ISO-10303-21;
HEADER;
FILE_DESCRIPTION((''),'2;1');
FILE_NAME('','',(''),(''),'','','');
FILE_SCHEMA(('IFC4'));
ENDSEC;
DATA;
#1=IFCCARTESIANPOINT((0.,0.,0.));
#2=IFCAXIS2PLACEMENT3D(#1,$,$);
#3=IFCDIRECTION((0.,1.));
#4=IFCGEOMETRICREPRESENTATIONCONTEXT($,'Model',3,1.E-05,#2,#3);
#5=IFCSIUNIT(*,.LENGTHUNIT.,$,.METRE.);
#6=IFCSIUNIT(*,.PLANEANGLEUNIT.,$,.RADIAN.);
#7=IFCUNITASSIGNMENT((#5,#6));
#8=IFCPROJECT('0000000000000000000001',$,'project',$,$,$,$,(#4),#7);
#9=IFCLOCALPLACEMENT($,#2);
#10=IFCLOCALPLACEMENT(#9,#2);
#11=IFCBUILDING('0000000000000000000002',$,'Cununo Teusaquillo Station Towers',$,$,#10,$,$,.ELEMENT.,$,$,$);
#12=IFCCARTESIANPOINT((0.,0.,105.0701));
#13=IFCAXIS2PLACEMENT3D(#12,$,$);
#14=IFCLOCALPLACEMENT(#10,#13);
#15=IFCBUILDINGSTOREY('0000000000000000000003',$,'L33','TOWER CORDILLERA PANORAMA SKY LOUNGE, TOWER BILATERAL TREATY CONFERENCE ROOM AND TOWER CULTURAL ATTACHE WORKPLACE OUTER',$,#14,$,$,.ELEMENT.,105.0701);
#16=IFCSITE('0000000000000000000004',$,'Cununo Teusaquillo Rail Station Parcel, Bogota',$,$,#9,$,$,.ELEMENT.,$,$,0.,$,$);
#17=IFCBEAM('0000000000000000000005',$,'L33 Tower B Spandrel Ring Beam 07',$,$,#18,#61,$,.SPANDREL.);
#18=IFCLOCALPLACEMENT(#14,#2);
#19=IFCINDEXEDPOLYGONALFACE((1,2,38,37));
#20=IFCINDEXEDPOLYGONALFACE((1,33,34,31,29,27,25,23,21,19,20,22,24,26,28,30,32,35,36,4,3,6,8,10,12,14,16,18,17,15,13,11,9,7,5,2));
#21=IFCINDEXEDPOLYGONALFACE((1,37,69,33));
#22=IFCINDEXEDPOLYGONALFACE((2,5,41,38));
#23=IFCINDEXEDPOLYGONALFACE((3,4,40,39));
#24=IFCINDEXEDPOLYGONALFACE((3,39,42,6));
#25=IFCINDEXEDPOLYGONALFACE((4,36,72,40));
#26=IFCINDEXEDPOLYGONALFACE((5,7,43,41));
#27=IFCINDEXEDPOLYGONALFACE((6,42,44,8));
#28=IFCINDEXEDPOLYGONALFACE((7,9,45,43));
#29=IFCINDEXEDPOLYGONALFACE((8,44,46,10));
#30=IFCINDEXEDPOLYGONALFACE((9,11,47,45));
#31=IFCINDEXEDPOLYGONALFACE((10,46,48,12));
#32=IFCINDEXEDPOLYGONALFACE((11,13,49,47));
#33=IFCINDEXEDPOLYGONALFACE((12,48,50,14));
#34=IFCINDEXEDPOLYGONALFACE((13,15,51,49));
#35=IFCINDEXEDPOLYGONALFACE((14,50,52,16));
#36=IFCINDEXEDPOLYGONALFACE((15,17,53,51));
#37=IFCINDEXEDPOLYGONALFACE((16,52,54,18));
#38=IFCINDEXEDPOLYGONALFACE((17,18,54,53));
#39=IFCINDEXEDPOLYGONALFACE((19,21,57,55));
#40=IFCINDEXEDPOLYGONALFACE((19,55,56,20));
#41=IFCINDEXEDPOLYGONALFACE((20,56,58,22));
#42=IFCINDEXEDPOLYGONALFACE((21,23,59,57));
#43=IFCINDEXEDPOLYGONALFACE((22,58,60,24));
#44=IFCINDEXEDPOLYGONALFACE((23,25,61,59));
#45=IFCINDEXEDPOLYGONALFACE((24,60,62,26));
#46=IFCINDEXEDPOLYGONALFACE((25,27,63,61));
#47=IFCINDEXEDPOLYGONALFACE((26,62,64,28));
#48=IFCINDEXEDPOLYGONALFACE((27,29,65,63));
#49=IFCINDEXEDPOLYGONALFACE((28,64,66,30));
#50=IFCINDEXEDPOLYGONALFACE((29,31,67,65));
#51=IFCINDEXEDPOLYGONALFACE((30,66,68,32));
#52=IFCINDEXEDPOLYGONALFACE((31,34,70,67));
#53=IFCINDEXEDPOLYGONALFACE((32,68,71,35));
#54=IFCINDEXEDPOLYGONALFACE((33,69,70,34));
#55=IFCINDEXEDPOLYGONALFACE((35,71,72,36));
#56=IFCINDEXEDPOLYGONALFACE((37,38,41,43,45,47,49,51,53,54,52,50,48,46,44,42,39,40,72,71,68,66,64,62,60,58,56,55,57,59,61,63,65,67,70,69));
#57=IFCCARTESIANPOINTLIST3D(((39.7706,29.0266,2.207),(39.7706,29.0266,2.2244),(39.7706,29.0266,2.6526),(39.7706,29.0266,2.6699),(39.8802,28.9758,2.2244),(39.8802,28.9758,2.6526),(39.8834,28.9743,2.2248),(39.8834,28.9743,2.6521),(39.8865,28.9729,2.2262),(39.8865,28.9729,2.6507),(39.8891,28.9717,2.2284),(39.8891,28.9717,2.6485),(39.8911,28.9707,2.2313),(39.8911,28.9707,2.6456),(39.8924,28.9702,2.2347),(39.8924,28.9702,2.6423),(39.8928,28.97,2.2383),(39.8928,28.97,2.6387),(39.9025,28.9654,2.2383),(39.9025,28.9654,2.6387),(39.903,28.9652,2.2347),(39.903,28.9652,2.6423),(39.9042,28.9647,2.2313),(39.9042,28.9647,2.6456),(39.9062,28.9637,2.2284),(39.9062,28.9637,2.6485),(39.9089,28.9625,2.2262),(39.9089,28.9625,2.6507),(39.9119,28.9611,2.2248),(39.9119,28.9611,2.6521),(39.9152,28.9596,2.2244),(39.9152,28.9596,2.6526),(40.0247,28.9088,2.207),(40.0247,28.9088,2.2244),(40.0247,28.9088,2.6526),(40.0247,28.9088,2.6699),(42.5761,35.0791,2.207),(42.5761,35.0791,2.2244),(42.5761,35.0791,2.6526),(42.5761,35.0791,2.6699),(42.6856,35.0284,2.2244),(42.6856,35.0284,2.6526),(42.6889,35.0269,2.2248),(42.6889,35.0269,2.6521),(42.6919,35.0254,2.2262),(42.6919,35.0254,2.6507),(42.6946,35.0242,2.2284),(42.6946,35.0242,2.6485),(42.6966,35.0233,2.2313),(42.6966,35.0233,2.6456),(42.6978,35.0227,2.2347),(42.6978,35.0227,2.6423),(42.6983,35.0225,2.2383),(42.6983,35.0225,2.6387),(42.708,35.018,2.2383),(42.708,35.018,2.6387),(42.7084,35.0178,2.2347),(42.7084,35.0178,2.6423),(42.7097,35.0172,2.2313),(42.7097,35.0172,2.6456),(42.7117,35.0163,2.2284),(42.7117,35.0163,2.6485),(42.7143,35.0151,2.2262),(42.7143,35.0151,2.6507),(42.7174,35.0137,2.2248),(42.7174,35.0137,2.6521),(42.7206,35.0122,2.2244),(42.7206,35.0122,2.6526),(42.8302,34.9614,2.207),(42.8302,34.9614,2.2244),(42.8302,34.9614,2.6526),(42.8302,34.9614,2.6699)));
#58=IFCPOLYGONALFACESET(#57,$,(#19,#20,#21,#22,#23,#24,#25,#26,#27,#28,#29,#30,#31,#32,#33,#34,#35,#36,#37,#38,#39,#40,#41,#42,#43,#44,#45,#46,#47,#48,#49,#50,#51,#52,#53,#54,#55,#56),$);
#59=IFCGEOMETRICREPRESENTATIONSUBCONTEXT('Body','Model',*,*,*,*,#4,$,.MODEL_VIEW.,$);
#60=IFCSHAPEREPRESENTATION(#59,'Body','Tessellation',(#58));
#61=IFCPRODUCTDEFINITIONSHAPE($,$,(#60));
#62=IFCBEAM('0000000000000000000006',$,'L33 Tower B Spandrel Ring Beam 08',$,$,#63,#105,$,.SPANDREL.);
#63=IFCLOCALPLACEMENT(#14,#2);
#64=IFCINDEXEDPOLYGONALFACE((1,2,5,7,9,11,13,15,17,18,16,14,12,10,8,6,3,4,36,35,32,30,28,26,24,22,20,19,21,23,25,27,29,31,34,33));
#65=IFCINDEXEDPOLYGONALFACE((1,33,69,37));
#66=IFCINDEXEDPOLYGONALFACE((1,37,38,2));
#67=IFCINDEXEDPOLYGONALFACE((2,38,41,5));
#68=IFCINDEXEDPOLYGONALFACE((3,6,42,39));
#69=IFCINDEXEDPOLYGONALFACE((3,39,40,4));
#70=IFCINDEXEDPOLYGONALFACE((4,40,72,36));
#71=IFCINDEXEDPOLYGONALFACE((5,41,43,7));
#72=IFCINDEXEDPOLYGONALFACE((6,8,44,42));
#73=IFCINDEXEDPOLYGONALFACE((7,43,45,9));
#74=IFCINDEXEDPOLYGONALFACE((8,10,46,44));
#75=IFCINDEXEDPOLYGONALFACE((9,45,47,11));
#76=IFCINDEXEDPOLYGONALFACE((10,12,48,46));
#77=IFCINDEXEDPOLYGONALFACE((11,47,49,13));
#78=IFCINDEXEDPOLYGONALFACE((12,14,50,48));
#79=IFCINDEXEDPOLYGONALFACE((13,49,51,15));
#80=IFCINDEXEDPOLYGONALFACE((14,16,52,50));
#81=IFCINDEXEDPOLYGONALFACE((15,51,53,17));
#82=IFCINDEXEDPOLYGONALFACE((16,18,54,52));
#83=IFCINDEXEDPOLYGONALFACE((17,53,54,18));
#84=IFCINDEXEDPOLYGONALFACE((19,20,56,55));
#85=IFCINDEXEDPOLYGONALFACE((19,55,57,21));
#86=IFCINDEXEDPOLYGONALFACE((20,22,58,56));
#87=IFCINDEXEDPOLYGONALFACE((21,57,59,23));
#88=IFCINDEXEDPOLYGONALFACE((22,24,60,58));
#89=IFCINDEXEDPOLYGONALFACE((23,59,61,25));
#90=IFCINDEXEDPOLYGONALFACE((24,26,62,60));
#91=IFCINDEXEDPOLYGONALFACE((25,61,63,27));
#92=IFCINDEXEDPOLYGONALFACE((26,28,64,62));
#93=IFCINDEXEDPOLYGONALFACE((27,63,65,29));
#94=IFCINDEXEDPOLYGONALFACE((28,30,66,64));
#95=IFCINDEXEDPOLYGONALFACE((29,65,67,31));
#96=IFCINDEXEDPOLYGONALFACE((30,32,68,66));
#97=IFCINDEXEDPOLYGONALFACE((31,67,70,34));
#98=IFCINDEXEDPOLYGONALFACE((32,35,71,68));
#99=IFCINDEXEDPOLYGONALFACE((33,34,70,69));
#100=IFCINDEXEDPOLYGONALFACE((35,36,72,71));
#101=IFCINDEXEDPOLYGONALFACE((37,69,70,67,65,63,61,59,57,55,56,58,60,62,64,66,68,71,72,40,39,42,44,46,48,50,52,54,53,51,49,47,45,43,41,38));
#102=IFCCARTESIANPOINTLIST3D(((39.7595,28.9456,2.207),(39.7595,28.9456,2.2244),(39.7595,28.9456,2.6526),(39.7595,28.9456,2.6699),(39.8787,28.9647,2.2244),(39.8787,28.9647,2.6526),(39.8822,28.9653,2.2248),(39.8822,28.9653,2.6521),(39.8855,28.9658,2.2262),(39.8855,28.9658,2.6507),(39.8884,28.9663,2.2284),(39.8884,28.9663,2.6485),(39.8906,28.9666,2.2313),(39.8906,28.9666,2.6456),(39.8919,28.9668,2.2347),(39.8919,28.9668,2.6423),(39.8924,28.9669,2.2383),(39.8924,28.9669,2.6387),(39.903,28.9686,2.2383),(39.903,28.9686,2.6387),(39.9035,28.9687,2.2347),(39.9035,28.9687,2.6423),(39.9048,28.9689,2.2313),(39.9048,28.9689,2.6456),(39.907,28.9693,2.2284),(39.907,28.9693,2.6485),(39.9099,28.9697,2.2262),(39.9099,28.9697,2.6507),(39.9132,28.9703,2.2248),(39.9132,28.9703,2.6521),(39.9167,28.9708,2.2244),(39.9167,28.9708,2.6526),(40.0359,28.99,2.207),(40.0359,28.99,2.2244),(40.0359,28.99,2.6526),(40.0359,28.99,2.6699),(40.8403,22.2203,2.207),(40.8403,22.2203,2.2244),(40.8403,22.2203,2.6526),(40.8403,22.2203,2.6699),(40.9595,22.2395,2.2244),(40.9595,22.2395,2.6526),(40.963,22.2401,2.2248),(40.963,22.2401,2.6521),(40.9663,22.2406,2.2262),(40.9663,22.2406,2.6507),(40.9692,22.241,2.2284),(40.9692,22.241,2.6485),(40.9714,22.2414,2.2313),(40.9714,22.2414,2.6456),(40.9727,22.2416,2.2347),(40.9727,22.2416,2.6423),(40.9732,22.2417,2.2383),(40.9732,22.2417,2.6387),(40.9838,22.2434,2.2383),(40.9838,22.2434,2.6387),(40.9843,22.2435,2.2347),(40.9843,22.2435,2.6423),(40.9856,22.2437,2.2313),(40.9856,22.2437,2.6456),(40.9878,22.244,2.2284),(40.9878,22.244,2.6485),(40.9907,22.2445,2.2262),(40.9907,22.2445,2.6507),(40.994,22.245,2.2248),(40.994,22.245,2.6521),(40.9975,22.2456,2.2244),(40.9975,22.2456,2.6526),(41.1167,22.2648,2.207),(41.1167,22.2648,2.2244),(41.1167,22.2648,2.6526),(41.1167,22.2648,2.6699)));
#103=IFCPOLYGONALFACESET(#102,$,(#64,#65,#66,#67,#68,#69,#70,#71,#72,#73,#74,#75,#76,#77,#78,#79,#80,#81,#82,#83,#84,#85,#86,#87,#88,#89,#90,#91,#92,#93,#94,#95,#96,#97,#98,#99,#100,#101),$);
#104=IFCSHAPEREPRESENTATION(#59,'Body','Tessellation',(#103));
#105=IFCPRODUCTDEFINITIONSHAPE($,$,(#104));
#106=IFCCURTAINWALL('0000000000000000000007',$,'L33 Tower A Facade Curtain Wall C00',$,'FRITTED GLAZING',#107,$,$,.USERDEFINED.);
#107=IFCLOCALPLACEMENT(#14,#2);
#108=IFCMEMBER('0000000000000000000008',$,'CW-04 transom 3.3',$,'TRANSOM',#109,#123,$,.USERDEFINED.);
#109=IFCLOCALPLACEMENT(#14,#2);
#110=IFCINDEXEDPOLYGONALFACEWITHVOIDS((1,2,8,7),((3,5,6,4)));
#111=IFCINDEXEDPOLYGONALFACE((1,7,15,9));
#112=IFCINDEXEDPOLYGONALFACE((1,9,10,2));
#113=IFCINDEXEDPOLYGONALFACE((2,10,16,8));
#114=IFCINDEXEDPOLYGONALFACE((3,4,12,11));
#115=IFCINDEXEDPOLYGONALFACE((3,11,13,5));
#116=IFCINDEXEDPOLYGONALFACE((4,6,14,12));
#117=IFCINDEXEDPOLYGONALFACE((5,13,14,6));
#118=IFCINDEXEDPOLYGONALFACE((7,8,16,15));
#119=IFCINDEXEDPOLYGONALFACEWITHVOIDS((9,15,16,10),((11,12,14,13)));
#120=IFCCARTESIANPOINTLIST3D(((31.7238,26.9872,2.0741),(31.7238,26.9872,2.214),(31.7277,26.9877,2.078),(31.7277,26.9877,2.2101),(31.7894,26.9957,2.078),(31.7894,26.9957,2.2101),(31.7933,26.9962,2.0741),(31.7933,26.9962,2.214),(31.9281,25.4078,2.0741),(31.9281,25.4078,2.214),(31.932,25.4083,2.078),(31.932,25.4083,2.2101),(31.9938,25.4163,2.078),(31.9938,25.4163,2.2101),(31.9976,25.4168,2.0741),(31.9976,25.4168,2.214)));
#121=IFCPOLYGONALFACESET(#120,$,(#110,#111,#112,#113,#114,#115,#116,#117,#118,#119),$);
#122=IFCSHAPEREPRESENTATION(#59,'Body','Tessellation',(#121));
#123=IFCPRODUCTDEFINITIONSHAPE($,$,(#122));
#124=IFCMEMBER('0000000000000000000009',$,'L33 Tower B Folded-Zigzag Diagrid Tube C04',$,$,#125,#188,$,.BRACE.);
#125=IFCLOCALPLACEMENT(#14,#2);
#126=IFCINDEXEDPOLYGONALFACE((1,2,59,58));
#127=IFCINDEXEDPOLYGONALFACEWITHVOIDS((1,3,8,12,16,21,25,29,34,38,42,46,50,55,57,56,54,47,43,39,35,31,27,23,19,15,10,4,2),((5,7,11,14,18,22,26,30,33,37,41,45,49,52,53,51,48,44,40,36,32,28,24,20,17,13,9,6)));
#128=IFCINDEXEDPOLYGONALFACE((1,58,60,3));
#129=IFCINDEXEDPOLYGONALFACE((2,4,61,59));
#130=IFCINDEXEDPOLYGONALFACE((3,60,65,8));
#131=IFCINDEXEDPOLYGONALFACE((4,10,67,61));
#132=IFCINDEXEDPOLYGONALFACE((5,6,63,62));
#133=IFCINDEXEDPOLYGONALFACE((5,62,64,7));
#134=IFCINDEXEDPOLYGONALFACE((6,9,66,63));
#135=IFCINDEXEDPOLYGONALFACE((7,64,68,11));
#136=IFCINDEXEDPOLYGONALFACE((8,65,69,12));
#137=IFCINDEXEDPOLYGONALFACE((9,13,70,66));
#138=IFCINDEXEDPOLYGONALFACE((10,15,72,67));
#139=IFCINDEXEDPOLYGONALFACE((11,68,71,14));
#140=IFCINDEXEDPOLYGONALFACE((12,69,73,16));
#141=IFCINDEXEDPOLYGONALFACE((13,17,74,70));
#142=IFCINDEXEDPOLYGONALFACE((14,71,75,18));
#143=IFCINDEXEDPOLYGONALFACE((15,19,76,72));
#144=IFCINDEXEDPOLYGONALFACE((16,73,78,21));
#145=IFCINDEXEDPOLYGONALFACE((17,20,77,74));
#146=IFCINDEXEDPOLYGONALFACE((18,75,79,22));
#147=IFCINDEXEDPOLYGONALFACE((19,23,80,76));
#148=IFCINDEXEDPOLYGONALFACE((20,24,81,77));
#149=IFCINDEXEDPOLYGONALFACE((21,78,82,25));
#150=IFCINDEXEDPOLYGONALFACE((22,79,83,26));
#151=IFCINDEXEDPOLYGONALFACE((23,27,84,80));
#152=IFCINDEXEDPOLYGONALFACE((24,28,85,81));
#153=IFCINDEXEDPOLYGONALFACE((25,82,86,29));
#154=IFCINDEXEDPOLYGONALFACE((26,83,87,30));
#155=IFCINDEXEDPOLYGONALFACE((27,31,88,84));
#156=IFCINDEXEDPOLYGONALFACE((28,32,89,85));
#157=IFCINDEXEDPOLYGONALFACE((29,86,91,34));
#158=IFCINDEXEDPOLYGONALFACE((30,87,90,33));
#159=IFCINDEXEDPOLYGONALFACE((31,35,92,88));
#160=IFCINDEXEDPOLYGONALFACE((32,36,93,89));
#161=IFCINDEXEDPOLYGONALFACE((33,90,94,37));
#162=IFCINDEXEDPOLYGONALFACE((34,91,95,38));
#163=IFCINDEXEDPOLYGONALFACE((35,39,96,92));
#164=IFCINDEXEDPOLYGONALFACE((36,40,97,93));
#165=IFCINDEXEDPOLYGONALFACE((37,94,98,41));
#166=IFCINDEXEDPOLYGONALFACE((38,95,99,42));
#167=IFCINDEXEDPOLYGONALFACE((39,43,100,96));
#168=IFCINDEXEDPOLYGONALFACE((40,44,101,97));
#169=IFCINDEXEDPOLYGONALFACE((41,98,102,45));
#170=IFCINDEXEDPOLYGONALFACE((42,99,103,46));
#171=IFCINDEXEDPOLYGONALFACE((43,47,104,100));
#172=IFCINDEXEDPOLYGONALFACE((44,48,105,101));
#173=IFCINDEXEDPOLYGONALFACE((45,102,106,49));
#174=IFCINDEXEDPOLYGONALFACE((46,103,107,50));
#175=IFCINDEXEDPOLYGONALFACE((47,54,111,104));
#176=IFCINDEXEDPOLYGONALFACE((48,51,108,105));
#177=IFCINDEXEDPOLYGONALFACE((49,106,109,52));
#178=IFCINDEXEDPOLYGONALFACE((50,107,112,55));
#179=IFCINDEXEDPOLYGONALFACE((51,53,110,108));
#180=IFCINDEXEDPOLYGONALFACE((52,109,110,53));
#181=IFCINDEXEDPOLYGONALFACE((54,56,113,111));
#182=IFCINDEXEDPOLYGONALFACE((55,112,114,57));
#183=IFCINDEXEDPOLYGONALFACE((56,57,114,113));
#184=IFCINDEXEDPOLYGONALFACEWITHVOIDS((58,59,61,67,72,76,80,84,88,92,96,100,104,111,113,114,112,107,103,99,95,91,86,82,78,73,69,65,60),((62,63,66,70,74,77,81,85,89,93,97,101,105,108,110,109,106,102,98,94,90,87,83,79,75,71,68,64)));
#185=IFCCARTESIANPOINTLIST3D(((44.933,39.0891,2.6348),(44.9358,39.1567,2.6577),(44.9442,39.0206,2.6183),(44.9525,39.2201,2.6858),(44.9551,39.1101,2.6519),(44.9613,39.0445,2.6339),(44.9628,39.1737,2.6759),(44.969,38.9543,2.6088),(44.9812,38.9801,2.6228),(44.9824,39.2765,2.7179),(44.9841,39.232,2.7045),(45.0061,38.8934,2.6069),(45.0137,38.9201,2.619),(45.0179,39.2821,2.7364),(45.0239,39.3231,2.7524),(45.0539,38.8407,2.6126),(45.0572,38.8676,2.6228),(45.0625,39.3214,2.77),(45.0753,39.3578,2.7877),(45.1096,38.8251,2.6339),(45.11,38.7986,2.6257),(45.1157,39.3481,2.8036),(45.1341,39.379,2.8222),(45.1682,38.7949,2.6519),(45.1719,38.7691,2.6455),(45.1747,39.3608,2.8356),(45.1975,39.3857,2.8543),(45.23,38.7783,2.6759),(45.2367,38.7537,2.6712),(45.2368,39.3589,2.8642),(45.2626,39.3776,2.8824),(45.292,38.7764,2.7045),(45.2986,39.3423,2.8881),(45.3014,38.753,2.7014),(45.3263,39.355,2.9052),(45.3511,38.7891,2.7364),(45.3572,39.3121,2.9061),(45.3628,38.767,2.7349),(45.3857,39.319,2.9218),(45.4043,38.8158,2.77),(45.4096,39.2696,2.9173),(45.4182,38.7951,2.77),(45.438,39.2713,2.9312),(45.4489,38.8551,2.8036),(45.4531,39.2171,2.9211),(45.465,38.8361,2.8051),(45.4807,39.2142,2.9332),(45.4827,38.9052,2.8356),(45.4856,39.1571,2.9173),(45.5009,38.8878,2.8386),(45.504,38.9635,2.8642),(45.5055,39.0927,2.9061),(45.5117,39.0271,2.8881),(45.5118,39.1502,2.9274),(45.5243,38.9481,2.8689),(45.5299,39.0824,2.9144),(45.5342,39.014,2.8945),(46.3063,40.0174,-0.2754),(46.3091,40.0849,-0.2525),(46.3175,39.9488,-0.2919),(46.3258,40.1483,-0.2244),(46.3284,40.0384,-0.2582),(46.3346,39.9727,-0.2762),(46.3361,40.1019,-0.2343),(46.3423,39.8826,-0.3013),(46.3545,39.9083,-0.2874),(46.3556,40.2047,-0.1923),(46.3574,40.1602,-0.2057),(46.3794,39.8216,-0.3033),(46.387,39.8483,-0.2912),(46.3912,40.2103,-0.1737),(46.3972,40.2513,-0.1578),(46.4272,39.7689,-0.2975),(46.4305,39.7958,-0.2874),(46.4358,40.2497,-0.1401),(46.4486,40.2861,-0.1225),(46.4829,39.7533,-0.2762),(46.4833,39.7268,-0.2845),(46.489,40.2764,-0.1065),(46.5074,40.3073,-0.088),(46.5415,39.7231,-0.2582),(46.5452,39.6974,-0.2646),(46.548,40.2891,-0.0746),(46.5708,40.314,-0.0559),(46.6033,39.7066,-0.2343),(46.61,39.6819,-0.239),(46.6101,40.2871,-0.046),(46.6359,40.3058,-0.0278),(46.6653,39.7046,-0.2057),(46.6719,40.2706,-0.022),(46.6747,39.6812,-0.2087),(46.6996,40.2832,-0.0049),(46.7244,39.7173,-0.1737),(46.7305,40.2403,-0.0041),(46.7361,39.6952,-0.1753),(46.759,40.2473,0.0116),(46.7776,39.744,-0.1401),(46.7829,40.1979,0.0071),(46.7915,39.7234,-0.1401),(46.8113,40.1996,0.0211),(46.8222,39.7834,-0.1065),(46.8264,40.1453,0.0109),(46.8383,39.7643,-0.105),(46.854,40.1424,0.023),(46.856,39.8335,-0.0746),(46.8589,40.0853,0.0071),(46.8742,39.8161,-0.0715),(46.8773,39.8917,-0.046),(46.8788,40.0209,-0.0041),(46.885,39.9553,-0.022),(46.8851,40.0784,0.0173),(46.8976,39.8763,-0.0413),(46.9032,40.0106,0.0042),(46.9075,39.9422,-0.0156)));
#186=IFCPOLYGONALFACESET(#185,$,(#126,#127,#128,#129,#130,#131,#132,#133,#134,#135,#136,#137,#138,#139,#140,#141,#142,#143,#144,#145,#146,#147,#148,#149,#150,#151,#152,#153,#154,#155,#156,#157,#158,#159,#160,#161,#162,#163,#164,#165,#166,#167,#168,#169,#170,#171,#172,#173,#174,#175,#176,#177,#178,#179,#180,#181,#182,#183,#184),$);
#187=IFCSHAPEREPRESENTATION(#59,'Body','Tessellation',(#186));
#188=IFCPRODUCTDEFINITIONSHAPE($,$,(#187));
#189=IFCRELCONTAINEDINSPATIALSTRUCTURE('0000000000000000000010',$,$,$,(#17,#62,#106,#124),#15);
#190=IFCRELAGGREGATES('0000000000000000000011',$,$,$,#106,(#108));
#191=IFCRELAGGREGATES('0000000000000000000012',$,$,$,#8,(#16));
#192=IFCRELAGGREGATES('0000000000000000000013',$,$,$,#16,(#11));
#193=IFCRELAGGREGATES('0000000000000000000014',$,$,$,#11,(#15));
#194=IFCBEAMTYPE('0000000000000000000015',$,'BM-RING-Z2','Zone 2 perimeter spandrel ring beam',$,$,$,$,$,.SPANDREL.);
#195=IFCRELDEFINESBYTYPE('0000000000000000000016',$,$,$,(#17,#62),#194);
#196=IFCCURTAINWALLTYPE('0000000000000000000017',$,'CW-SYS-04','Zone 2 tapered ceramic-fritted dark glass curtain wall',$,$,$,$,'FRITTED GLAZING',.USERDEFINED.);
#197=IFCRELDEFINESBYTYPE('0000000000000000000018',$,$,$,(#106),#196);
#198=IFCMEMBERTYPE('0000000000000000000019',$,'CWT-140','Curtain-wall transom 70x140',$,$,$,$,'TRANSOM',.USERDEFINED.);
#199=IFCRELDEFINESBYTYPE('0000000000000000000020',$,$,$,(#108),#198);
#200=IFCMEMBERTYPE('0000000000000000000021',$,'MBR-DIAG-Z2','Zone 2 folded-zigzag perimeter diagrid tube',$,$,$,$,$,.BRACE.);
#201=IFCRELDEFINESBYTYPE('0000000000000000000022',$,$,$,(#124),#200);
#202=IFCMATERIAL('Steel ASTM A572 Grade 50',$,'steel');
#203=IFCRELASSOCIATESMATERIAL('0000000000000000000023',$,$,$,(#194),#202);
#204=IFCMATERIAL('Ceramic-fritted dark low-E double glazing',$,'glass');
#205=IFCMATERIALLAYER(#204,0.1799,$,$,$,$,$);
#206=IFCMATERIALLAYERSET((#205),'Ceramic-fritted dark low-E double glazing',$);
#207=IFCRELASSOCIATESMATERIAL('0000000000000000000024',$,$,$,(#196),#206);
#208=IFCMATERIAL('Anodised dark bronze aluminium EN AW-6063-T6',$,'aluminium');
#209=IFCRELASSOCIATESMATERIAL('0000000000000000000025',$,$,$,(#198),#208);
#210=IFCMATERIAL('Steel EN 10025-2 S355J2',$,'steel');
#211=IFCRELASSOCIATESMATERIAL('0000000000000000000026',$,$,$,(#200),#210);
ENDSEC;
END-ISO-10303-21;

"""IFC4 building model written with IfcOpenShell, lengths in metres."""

from ifc_helpers import new_model, si_unit, direction, frame, origin, origin_2d, place, context, subcontext, project, spatial, hollow_rectangle, hollow_circle, i_section, extrude, material, layer, layer_set, material_profile, profile_set, type_object, element, aggregate, save


model = new_model("IFC4")

# Units and contexts
model_context = context("Model", 3, precision=1e-05, world=origin(), true_north=direction((0.0, 1.0)))
body_context = subcontext(model_context, "Body", "Model", "MODEL_VIEW")
ifc_project = project(units=[si_unit("LENGTHUNIT", "METRE"), si_unit("PLANEANGLEUNIT", "RADIAN")], contexts=[model_context])

# Site, building, storey
site_placement = place(None, origin())
site = spatial("IfcSite", under=ifc_project, at=site_placement, Name="Cununo Teusaquillo Rail Station Parcel, Bogota", CompositionType="ELEMENT", RefElevation=0.0)
building_placement = place(site_placement, origin())
building = spatial("IfcBuilding", under=site, at=building_placement, Name="Cununo Teusaquillo Station Towers", CompositionType="ELEMENT")
storey_placement = place(building_placement, frame((0.0, 0.0, 105.0701)))
storey = spatial("IfcBuildingStorey", under=building, at=storey_placement, Name="L33", Description="TOWER CORDILLERA PANORAMA SKY LOUNGE, TOWER BILATERAL TREATY CONFERENCE ROOM AND TOWER CULTURAL ATTACHE WORKPLACE OUTER", CompositionType="ELEMENT", Elevation=105.0701)

# Beams
ifc_material_1 = material(Name="Steel ASTM A572 Grade 50", Category="steel")
ifc_material_profile_1 = material_profile(ifc_material_1, i_section(OverallWidth=0.28, OverallDepth=0.4629, WebThickness=0.0107, FlangeThickness=0.0173, FilletRadius=0.0139, at=origin_2d()), Name="W18X76")
ifc_profile_set_1 = profile_set([ifc_material_profile_1], Name="Steel ASTM A572 Grade 50")
beam_type_1 = type_object("IfcBeamType", Name="BM-RING-Z2", Description="Zone 2 perimeter spandrel ring beam", PredefinedType="SPANDREL", material=ifc_profile_set_1)
beam_1_placement = place(storey_placement, frame((42.7031, 35.0203, 2.4385), z_axis=(-0.420536, -0.907276, 0.0), x_axis=(0.907276, -0.420536, 0.0)))
element("IfcBeam", 1, at=beam_1_placement, inside=storey, type_object=beam_type_1, Name="L33 Tower B Spandrel Ring Beam 07", PredefinedType="SPANDREL", context=body_context, shape_type="SweptSolid", body=[
    extrude(i_section(OverallWidth=0.28, OverallDepth=0.4629, WebThickness=0.0107, FlangeThickness=0.0173, FilletRadius=0.0139, at=origin_2d()), origin(), (0.0, 0.0, 1.0), 6.6711),
])
beam_2_placement = place(storey_placement, frame((39.8977, 28.9678, 2.4385), z_axis=(0.158671, -0.987331, 0.0), x_axis=(0.987331, 0.158671, 0.0)))
element("IfcBeam", 2, at=beam_2_placement, inside=storey, type_object=beam_type_1, Name="L33 Tower B Spandrel Ring Beam 08", PredefinedType="SPANDREL", context=body_context, shape_type="SweptSolid", body=[
    extrude(i_section(OverallWidth=0.28, OverallDepth=0.4629, WebThickness=0.0107, FlangeThickness=0.0173, FilletRadius=0.0139, at=origin_2d()), origin(), (0.0, 0.0, 1.0), 6.8115),
])

# Curtain wall, member
ifc_material_2 = material(Name="Ceramic-fritted dark low-E double glazing", Category="glass")
ifc_layer_1 = layer(ifc_material_2, 0.1799)
ifc_layer_set_1 = layer_set([ifc_layer_1], Name="Ceramic-fritted dark low-E double glazing")
curtain_wall_type = type_object("IfcCurtainWallType", Name="CW-SYS-04", Description="Zone 2 tapered ceramic-fritted dark glass curtain wall", ElementType="FRITTED GLAZING", PredefinedType="USERDEFINED", material=ifc_layer_set_1)
curtain_wall_placement = place(storey_placement, origin())
curtain_wall = element("IfcCurtainWall", 3, at=curtain_wall_placement, inside=storey, type_object=curtain_wall_type, Name="L33 Tower A Facade Curtain Wall C00", ObjectType="FRITTED GLAZING", PredefinedType="USERDEFINED")
ifc_material_3 = material(Name="Anodised dark bronze aluminium EN AW-6063-T6", Category="aluminium")
ifc_material_profile_2 = material_profile(ifc_material_3, hollow_rectangle(XDim=0.0701, YDim=0.1399, WallThickness=0.0039, at=origin_2d()), Name="CW-TRAN-70x140")
ifc_profile_set_2 = profile_set([ifc_material_profile_2], Name="Anodised dark bronze aluminium EN AW-6063-T6")
member_type_1 = type_object("IfcMemberType", Name="CWT-140", Description="Curtain-wall transom 70x140", ElementType="TRANSOM", PredefinedType="USERDEFINED", material=ifc_profile_set_2)
member_1_placement = place(storey_placement, frame((31.7585, 26.9917, 2.144), z_axis=(0.128317, -0.991733, 0.0), x_axis=(0.991733, 0.128317, 0.0)))
member_1 = element("IfcMember", 4, at=member_1_placement, type_object=member_type_1, Name="CW-04 transom 3.3", ObjectType="TRANSOM", PredefinedType="USERDEFINED", context=body_context, shape_type="SweptSolid", body=[
    extrude(hollow_rectangle(XDim=0.0701, YDim=0.1399, WallThickness=0.0039, at=origin_2d()), origin(), (0.0, 0.0, 1.0), 1.5925),
])

# Member
ifc_material_4 = material(Name="Steel EN 10025-2 S355J2", Category="steel")
ifc_material_profile_3 = material_profile(ifc_material_4, hollow_circle(Radius=0.3301, WallThickness=0.0249, at=origin_2d()), Name="CHS 660x25")
ifc_profile_set_3 = profile_set([ifc_material_profile_3], Name="Steel EN 10025-2 S355J2")
member_type_2 = type_object("IfcMemberType", Name="MBR-DIAG-Z2", Description="Zone 2 folded-zigzag perimeter diagrid tube", PredefinedType="BRACE", material=ifc_profile_set_3)
member_2_placement = place(storey_placement, frame((46.6067, 39.9968, -0.1401), z_axis=(-0.410047, -0.277155, 0.868934), x_axis=(0.559991, -0.828498, 0.0)))
element("IfcMember", 5, at=member_2_placement, inside=storey, type_object=member_type_2, Name="L33 Tower B Folded-Zigzag Diagrid Tube C04", PredefinedType="BRACE", context=body_context, shape_type="SweptSolid", body=[
    extrude(hollow_circle(Radius=0.3301, WallThickness=0.0249, at=origin_2d()), origin(), (0.0, 0.0, 1.0), 3.3491),
])

aggregate(curtain_wall, [member_1])

save(model, "model.ifc")
